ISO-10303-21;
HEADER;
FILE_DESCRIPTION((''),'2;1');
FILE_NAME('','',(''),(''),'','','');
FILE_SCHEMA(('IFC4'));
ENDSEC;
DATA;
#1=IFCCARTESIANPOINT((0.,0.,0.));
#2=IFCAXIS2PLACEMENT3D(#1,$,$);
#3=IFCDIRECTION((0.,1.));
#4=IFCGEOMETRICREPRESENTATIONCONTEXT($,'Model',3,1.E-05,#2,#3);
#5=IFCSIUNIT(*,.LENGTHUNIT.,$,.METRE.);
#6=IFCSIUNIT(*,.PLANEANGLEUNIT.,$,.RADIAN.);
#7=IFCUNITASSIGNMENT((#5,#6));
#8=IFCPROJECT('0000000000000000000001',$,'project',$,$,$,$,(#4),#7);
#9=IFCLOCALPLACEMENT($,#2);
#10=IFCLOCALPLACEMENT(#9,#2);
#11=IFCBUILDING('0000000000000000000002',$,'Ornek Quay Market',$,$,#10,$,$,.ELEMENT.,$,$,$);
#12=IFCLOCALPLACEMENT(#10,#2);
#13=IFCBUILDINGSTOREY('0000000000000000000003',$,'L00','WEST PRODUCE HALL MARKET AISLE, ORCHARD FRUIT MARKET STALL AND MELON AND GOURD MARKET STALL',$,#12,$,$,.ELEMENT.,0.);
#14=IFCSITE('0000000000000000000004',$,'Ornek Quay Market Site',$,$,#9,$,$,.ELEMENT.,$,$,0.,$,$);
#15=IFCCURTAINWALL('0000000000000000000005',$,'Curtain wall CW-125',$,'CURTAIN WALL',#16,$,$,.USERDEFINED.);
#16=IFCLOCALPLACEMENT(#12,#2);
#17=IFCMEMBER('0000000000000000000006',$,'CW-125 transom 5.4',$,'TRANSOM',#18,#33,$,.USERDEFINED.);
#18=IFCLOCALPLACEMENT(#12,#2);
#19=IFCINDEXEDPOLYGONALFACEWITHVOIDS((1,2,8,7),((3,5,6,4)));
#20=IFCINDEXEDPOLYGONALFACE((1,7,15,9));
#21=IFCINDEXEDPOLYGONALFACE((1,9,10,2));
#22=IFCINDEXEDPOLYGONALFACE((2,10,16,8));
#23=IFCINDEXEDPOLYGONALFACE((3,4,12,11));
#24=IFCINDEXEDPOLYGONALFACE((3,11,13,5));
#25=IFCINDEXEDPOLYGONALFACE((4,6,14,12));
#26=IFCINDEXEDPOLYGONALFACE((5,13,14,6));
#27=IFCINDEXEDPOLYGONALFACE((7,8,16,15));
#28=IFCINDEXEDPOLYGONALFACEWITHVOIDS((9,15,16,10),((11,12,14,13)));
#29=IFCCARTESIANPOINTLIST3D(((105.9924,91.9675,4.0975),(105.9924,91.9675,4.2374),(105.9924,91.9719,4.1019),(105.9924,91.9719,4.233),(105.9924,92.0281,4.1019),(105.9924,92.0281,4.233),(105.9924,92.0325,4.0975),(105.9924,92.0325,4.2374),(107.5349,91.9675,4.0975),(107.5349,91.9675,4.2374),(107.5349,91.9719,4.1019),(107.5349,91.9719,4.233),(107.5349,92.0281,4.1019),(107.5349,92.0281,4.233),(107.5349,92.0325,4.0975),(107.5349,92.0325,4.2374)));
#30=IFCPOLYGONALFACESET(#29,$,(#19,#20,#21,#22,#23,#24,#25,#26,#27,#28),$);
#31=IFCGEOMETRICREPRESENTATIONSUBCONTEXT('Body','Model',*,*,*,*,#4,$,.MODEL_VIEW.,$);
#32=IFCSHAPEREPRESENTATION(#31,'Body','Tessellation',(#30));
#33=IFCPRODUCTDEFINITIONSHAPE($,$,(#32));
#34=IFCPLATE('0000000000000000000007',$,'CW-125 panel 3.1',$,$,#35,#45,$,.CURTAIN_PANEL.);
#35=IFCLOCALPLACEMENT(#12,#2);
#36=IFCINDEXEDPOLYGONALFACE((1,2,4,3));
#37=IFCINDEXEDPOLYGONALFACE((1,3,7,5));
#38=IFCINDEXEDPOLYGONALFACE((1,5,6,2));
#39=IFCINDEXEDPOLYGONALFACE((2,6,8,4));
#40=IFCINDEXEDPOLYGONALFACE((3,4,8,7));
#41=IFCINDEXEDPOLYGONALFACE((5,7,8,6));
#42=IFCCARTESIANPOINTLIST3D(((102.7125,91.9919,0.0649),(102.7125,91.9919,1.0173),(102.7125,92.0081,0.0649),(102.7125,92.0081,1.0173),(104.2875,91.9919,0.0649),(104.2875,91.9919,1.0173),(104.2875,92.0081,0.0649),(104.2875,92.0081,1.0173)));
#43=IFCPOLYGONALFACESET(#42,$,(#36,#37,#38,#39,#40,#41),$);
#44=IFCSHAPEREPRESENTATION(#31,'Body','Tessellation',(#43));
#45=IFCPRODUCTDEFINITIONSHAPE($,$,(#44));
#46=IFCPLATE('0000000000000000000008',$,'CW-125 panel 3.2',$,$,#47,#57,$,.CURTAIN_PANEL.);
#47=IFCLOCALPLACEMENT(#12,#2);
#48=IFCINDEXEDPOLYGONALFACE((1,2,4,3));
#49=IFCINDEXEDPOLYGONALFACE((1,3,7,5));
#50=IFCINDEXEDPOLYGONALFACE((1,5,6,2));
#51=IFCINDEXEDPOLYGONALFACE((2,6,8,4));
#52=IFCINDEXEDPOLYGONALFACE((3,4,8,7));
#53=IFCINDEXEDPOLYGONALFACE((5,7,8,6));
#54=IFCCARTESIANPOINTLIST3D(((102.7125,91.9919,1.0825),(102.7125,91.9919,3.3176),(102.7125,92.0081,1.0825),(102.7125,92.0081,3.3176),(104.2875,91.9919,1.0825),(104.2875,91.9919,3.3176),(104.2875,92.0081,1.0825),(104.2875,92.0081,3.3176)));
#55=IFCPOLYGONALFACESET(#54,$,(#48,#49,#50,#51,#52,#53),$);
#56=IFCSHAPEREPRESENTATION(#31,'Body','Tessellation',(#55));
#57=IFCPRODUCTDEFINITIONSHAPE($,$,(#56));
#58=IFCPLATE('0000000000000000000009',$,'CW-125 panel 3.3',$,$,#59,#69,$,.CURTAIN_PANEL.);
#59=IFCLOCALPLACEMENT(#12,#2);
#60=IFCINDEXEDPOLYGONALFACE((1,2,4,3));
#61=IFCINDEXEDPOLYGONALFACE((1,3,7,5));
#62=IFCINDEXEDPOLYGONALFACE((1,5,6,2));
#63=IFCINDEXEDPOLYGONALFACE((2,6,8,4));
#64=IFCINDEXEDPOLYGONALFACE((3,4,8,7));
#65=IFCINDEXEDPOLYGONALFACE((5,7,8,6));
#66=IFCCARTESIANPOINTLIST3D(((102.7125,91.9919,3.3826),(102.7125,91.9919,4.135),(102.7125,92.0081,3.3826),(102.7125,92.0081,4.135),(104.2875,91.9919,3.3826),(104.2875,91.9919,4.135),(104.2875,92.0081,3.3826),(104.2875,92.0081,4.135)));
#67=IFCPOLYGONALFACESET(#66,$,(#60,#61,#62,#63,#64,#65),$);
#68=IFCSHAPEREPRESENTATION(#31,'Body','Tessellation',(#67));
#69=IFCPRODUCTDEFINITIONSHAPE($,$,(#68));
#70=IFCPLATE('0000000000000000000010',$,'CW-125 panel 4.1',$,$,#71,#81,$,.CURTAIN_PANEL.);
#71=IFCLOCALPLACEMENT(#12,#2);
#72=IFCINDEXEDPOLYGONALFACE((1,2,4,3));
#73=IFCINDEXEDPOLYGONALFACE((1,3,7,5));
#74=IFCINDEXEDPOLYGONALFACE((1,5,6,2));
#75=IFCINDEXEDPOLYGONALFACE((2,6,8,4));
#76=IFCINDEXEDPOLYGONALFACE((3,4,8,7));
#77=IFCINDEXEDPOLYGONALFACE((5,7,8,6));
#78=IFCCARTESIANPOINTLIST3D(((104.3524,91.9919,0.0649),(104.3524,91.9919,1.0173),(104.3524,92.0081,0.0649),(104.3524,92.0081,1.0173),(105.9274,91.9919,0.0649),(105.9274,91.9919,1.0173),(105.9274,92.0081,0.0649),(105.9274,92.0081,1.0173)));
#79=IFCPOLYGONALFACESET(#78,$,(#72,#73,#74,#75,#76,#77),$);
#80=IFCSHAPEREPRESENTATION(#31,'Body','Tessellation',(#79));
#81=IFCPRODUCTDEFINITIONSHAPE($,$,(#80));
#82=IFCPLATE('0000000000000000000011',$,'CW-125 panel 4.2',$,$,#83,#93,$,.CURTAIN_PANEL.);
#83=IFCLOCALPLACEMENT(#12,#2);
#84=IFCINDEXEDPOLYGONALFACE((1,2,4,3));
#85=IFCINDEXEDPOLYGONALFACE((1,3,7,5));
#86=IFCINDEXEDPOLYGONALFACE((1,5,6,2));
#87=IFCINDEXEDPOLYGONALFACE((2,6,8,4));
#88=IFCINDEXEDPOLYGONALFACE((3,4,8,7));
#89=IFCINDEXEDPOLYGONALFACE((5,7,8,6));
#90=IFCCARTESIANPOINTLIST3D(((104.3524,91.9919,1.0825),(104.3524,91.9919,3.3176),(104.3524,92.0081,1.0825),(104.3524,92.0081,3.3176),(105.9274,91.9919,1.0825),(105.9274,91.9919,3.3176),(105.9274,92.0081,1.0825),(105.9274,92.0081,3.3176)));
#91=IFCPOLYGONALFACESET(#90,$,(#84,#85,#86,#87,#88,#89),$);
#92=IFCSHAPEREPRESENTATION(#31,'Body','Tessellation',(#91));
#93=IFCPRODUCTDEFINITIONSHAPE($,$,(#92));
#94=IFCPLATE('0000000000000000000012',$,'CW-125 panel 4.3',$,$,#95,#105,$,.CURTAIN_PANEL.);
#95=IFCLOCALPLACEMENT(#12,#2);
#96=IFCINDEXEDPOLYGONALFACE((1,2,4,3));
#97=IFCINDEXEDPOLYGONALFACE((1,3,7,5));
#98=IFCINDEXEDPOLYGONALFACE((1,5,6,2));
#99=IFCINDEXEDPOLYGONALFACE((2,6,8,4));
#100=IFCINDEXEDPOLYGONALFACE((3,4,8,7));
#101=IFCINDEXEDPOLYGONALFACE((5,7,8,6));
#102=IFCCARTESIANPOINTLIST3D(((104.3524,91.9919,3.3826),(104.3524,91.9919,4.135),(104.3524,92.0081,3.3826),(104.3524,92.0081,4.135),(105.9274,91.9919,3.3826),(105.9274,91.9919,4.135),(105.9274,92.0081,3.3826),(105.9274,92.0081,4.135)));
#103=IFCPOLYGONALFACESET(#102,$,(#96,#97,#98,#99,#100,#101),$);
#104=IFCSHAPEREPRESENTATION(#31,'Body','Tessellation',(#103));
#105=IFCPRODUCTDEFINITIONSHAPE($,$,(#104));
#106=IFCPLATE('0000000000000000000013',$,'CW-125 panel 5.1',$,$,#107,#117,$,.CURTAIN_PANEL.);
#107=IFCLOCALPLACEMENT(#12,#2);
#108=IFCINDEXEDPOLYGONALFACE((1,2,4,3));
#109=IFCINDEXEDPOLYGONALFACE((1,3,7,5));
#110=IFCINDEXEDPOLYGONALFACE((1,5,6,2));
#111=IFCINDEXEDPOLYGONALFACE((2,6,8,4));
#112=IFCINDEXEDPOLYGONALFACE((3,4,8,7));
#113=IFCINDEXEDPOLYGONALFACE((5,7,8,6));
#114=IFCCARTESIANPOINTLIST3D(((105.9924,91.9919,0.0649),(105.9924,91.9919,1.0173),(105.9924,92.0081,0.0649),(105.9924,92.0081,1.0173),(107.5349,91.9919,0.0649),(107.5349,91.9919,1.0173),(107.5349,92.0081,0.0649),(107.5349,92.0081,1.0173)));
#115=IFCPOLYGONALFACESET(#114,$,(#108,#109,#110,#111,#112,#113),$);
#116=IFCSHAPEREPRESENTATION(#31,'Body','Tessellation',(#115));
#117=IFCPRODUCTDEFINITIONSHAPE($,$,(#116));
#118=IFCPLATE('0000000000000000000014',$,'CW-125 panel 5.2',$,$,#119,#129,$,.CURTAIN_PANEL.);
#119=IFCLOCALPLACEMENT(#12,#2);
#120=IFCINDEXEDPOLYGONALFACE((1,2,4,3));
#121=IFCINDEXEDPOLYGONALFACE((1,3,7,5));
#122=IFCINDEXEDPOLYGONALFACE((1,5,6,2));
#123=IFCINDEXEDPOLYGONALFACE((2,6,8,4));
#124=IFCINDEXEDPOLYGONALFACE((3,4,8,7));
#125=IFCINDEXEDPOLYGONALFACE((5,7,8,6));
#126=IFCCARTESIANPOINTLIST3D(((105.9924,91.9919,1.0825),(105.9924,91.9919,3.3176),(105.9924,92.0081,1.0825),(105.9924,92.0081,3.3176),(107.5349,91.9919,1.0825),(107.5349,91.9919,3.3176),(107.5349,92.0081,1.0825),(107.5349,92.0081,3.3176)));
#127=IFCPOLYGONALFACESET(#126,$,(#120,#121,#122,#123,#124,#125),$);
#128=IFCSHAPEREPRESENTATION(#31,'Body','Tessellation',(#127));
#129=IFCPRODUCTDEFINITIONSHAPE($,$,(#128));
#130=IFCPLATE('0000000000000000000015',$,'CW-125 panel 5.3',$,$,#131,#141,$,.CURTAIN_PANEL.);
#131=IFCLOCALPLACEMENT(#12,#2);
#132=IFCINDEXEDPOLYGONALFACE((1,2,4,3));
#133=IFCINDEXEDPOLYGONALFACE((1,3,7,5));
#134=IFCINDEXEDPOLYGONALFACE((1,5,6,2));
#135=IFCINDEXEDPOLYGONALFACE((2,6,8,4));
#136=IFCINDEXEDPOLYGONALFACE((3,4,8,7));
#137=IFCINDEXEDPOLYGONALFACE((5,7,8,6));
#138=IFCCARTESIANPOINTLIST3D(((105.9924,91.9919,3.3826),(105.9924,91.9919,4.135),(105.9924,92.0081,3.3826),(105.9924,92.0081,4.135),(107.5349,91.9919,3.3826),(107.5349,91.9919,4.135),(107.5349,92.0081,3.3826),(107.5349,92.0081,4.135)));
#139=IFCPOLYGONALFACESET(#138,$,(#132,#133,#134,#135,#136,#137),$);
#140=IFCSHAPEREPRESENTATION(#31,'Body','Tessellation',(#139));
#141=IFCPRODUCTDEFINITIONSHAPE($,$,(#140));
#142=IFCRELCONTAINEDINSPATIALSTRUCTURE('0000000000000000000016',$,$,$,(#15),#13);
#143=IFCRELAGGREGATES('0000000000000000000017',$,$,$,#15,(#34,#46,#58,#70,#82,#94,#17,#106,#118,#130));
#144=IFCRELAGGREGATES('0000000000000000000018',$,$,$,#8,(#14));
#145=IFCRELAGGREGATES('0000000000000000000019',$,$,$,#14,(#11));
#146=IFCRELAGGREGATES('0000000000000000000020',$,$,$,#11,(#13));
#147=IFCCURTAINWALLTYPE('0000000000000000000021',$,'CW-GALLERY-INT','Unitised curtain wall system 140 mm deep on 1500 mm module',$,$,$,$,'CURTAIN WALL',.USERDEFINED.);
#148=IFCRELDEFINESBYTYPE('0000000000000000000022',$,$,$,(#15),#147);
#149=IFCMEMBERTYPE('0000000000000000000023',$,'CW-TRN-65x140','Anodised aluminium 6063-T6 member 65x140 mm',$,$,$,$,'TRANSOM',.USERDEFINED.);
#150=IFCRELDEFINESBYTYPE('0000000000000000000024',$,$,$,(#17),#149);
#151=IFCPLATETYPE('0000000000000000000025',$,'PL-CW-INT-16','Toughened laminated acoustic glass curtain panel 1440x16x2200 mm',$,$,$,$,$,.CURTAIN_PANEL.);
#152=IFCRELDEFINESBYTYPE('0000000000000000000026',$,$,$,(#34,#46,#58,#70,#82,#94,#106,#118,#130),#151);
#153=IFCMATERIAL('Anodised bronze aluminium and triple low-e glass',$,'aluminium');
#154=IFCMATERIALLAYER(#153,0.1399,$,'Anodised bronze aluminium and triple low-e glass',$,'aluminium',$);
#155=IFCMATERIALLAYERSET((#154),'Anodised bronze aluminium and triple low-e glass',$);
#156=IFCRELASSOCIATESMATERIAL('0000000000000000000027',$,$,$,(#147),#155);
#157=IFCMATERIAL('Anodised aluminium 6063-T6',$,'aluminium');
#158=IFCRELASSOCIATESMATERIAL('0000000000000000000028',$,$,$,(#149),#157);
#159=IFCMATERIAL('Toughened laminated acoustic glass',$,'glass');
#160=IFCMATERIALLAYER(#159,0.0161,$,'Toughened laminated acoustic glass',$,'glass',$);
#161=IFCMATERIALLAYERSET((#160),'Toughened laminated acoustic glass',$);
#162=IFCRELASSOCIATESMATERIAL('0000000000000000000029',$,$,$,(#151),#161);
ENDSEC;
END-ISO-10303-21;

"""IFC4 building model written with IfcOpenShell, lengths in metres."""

from ifc_helpers import new_model, si_unit, direction, frame, origin, origin_2d, place, context, subcontext, project, spatial, rectangle, hollow_rectangle, extrude, material, layer, layer_set, material_profile, profile_set, type_object, element, aggregate, save


model = new_model("IFC4")

# Units and contexts
model_context = context("Model", 3, precision=1e-05, world=origin(), true_north=direction((0.0, 1.0)))
body_context = subcontext(model_context, "Body", "Model", "MODEL_VIEW")
ifc_project = project(units=[si_unit("LENGTHUNIT", "METRE"), si_unit("PLANEANGLEUNIT", "RADIAN")], contexts=[model_context])

# Site, building, storey
site_placement = place(None, origin())
site = spatial("IfcSite", under=ifc_project, at=site_placement, Name="Ornek Quay Market Site", CompositionType="ELEMENT", RefElevation=0.0)
building_placement = place(site_placement, origin())
building = spatial("IfcBuilding", under=site, at=building_placement, Name="Ornek Quay Market", CompositionType="ELEMENT")
storey_placement = place(building_placement, origin())
storey = spatial("IfcBuildingStorey", under=building, at=storey_placement, Name="L00", Description="WEST PRODUCE HALL MARKET AISLE, ORCHARD FRUIT MARKET STALL AND MELON AND GOURD MARKET STALL", CompositionType="ELEMENT", Elevation=0.0)

# Curtain wall, member, plates
ifc_material_1 = material(Name="Anodised bronze aluminium and triple low-e glass", Category="aluminium")
ifc_layer_1 = layer(ifc_material_1, 0.1399, Name="Anodised bronze aluminium and triple low-e glass", Category="aluminium")
ifc_layer_set_1 = layer_set([ifc_layer_1], Name="Anodised bronze aluminium and triple low-e glass")
curtain_wall_type = type_object("IfcCurtainWallType", Name="CW-GALLERY-INT", Description="Unitised curtain wall system 140 mm deep on 1500 mm module", ElementType="CURTAIN WALL", PredefinedType="USERDEFINED", material=ifc_layer_set_1)
curtain_wall_placement = place(storey_placement, origin())
curtain_wall = element("IfcCurtainWall", 1, at=curtain_wall_placement, inside=storey, type_object=curtain_wall_type, Name="Curtain wall CW-125", ObjectType="CURTAIN WALL", PredefinedType="USERDEFINED")
ifc_material_2 = material(Name="Anodised aluminium 6063-T6", Category="aluminium")
ifc_material_profile_1 = material_profile(ifc_material_2, hollow_rectangle(XDim=0.0649, YDim=0.1399, WallThickness=0.0044, at=origin_2d()), Name="CW-TRN-65x140", Category="aluminium")
ifc_profile_set_1 = profile_set([ifc_material_profile_1], Name="Anodised aluminium 6063-T6")
member_type_1 = type_object("IfcMemberType", Name="CW-TRN-65x140", Description="Anodised aluminium 6063-T6 member 65x140 mm", ElementType="TRANSOM", PredefinedType="USERDEFINED", material=ifc_profile_set_1)
member_1_placement = place(storey_placement, frame((105.9924, 92.0, 4.1675), z_axis=(1.0, 0.0, 0.0), x_axis=(0.0, 1.0, 0.0)))
member_1 = element("IfcMember", 2, at=member_1_placement, type_object=member_type_1, Name="CW-125 transom 5.4", ObjectType="TRANSOM", PredefinedType="USERDEFINED", context=body_context, shape_type="SweptSolid", body=[
    extrude(hollow_rectangle(XDim=0.0649, YDim=0.1399, WallThickness=0.0044, at=origin_2d()), origin(), (0.0, 0.0, 1.0), 1.5425),
])
ifc_material_3 = material(Name="Toughened laminated acoustic glass", Category="glass")
ifc_layer_2 = layer(ifc_material_3, 0.0161, Name="Toughened laminated acoustic glass", Category="glass")
ifc_layer_set_2 = layer_set([ifc_layer_2], Name="Toughened laminated acoustic glass")
plate_type = type_object("IfcPlateType", Name="PL-CW-INT-16", Description="Toughened laminated acoustic glass curtain panel 1440x16x2200 mm", PredefinedType="CURTAIN_PANEL", material=ifc_layer_set_2)
plate_1_placement = place(storey_placement, frame((103.5, 92.0, 0.0649), z_axis=(0.0, 0.0, 1.0), x_axis=(1.0, 0.0, 0.0)))
plate_1 = element("IfcPlate", 3, at=plate_1_placement, type_object=plate_type, Name="CW-125 panel 3.1", PredefinedType="CURTAIN_PANEL", context=body_context, shape_type="SweptSolid", body=[
    extrude(rectangle(XDim=1.575, YDim=0.0161, at=origin_2d()), origin(), (0.0, 0.0, 1.0), 0.9524),
])
plate_2_placement = place(storey_placement, frame((103.5, 92.0, 1.0825), z_axis=(0.0, 0.0, 1.0), x_axis=(1.0, 0.0, 0.0)))
plate_2 = element("IfcPlate", 4, at=plate_2_placement, type_object=plate_type, Name="CW-125 panel 3.2", PredefinedType="CURTAIN_PANEL", context=body_context, shape_type="SweptSolid", body=[
    extrude(rectangle(XDim=1.575, YDim=0.0161, at=origin_2d()), origin(), (0.0, 0.0, 1.0), 2.2351),
])
plate_3_placement = place(storey_placement, frame((103.5, 92.0, 3.3826), z_axis=(0.0, 0.0, 1.0), x_axis=(1.0, 0.0, 0.0)))
plate_3 = element("IfcPlate", 5, at=plate_3_placement, type_object=plate_type, Name="CW-125 panel 3.3", PredefinedType="CURTAIN_PANEL", context=body_context, shape_type="SweptSolid", body=[
    extrude(rectangle(XDim=1.575, YDim=0.0161, at=origin_2d()), origin(), (0.0, 0.0, 1.0), 0.7524),
])
plate_4_placement = place(storey_placement, frame((105.1399, 92.0, 0.0649), z_axis=(0.0, 0.0, 1.0), x_axis=(1.0, 0.0, 0.0)))
plate_4 = element("IfcPlate", 6, at=plate_4_placement, type_object=plate_type, Name="CW-125 panel 4.1", PredefinedType="CURTAIN_PANEL", context=body_context, shape_type="SweptSolid", body=[
    extrude(rectangle(XDim=1.575, YDim=0.0161, at=origin_2d()), origin(), (0.0, 0.0, 1.0), 0.9524),
])
plate_5_placement = place(storey_placement, frame((105.1399, 92.0, 1.0825), z_axis=(0.0, 0.0, 1.0), x_axis=(1.0, 0.0, 0.0)))
plate_5 = element("IfcPlate", 7, at=plate_5_placement, type_object=plate_type, Name="CW-125 panel 4.2", PredefinedType="CURTAIN_PANEL", context=body_context, shape_type="SweptSolid", body=[
    extrude(rectangle(XDim=1.575, YDim=0.0161, at=origin_2d()), origin(), (0.0, 0.0, 1.0), 2.2351),
])
plate_6_placement = place(storey_placement, frame((105.1399, 92.0, 3.3826), z_axis=(0.0, 0.0, 1.0), x_axis=(1.0, 0.0, 0.0)))
plate_6 = element("IfcPlate", 8, at=plate_6_placement, type_object=plate_type, Name="CW-125 panel 4.3", PredefinedType="CURTAIN_PANEL", context=body_context, shape_type="SweptSolid", body=[
    extrude(rectangle(XDim=1.575, YDim=0.0161, at=origin_2d()), origin(), (0.0, 0.0, 1.0), 0.7524),
])
plate_7_placement = place(storey_placement, frame((106.7637, 92.0, 0.0649), z_axis=(0.0, 0.0, 1.0), x_axis=(1.0, 0.0, 0.0)))
plate_7 = element("IfcPlate", 9, at=plate_7_placement, type_object=plate_type, Name="CW-125 panel 5.1", PredefinedType="CURTAIN_PANEL", context=body_context, shape_type="SweptSolid", body=[
    extrude(rectangle(XDim=1.5425, YDim=0.0161, at=origin_2d()), origin(), (0.0, 0.0, 1.0), 0.9524),
])
plate_8_placement = place(storey_placement, frame((106.7637, 92.0, 1.0825), z_axis=(0.0, 0.0, 1.0), x_axis=(1.0, 0.0, 0.0)))
plate_8 = element("IfcPlate", 10, at=plate_8_placement, type_object=plate_type, Name="CW-125 panel 5.2", PredefinedType="CURTAIN_PANEL", context=body_context, shape_type="SweptSolid", body=[
    extrude(rectangle(XDim=1.5425, YDim=0.0161, at=origin_2d()), origin(), (0.0, 0.0, 1.0), 2.2351),
])
plate_9_placement = place(storey_placement, frame((106.7637, 92.0, 3.3826), z_axis=(0.0, 0.0, 1.0), x_axis=(1.0, 0.0, 0.0)))
plate_9 = element("IfcPlate", 11, at=plate_9_placement, type_object=plate_type, Name="CW-125 panel 5.3", PredefinedType="CURTAIN_PANEL", context=body_context, shape_type="SweptSolid", body=[
    extrude(rectangle(XDim=1.5425, YDim=0.0161, at=origin_2d()), origin(), (0.0, 0.0, 1.0), 0.7524),
])
aggregate(curtain_wall, [plate_1, plate_2, plate_3, plate_4, plate_5, plate_6, member_1, plate_7, plate_8, plate_9])

save(model, "model.ifc")
